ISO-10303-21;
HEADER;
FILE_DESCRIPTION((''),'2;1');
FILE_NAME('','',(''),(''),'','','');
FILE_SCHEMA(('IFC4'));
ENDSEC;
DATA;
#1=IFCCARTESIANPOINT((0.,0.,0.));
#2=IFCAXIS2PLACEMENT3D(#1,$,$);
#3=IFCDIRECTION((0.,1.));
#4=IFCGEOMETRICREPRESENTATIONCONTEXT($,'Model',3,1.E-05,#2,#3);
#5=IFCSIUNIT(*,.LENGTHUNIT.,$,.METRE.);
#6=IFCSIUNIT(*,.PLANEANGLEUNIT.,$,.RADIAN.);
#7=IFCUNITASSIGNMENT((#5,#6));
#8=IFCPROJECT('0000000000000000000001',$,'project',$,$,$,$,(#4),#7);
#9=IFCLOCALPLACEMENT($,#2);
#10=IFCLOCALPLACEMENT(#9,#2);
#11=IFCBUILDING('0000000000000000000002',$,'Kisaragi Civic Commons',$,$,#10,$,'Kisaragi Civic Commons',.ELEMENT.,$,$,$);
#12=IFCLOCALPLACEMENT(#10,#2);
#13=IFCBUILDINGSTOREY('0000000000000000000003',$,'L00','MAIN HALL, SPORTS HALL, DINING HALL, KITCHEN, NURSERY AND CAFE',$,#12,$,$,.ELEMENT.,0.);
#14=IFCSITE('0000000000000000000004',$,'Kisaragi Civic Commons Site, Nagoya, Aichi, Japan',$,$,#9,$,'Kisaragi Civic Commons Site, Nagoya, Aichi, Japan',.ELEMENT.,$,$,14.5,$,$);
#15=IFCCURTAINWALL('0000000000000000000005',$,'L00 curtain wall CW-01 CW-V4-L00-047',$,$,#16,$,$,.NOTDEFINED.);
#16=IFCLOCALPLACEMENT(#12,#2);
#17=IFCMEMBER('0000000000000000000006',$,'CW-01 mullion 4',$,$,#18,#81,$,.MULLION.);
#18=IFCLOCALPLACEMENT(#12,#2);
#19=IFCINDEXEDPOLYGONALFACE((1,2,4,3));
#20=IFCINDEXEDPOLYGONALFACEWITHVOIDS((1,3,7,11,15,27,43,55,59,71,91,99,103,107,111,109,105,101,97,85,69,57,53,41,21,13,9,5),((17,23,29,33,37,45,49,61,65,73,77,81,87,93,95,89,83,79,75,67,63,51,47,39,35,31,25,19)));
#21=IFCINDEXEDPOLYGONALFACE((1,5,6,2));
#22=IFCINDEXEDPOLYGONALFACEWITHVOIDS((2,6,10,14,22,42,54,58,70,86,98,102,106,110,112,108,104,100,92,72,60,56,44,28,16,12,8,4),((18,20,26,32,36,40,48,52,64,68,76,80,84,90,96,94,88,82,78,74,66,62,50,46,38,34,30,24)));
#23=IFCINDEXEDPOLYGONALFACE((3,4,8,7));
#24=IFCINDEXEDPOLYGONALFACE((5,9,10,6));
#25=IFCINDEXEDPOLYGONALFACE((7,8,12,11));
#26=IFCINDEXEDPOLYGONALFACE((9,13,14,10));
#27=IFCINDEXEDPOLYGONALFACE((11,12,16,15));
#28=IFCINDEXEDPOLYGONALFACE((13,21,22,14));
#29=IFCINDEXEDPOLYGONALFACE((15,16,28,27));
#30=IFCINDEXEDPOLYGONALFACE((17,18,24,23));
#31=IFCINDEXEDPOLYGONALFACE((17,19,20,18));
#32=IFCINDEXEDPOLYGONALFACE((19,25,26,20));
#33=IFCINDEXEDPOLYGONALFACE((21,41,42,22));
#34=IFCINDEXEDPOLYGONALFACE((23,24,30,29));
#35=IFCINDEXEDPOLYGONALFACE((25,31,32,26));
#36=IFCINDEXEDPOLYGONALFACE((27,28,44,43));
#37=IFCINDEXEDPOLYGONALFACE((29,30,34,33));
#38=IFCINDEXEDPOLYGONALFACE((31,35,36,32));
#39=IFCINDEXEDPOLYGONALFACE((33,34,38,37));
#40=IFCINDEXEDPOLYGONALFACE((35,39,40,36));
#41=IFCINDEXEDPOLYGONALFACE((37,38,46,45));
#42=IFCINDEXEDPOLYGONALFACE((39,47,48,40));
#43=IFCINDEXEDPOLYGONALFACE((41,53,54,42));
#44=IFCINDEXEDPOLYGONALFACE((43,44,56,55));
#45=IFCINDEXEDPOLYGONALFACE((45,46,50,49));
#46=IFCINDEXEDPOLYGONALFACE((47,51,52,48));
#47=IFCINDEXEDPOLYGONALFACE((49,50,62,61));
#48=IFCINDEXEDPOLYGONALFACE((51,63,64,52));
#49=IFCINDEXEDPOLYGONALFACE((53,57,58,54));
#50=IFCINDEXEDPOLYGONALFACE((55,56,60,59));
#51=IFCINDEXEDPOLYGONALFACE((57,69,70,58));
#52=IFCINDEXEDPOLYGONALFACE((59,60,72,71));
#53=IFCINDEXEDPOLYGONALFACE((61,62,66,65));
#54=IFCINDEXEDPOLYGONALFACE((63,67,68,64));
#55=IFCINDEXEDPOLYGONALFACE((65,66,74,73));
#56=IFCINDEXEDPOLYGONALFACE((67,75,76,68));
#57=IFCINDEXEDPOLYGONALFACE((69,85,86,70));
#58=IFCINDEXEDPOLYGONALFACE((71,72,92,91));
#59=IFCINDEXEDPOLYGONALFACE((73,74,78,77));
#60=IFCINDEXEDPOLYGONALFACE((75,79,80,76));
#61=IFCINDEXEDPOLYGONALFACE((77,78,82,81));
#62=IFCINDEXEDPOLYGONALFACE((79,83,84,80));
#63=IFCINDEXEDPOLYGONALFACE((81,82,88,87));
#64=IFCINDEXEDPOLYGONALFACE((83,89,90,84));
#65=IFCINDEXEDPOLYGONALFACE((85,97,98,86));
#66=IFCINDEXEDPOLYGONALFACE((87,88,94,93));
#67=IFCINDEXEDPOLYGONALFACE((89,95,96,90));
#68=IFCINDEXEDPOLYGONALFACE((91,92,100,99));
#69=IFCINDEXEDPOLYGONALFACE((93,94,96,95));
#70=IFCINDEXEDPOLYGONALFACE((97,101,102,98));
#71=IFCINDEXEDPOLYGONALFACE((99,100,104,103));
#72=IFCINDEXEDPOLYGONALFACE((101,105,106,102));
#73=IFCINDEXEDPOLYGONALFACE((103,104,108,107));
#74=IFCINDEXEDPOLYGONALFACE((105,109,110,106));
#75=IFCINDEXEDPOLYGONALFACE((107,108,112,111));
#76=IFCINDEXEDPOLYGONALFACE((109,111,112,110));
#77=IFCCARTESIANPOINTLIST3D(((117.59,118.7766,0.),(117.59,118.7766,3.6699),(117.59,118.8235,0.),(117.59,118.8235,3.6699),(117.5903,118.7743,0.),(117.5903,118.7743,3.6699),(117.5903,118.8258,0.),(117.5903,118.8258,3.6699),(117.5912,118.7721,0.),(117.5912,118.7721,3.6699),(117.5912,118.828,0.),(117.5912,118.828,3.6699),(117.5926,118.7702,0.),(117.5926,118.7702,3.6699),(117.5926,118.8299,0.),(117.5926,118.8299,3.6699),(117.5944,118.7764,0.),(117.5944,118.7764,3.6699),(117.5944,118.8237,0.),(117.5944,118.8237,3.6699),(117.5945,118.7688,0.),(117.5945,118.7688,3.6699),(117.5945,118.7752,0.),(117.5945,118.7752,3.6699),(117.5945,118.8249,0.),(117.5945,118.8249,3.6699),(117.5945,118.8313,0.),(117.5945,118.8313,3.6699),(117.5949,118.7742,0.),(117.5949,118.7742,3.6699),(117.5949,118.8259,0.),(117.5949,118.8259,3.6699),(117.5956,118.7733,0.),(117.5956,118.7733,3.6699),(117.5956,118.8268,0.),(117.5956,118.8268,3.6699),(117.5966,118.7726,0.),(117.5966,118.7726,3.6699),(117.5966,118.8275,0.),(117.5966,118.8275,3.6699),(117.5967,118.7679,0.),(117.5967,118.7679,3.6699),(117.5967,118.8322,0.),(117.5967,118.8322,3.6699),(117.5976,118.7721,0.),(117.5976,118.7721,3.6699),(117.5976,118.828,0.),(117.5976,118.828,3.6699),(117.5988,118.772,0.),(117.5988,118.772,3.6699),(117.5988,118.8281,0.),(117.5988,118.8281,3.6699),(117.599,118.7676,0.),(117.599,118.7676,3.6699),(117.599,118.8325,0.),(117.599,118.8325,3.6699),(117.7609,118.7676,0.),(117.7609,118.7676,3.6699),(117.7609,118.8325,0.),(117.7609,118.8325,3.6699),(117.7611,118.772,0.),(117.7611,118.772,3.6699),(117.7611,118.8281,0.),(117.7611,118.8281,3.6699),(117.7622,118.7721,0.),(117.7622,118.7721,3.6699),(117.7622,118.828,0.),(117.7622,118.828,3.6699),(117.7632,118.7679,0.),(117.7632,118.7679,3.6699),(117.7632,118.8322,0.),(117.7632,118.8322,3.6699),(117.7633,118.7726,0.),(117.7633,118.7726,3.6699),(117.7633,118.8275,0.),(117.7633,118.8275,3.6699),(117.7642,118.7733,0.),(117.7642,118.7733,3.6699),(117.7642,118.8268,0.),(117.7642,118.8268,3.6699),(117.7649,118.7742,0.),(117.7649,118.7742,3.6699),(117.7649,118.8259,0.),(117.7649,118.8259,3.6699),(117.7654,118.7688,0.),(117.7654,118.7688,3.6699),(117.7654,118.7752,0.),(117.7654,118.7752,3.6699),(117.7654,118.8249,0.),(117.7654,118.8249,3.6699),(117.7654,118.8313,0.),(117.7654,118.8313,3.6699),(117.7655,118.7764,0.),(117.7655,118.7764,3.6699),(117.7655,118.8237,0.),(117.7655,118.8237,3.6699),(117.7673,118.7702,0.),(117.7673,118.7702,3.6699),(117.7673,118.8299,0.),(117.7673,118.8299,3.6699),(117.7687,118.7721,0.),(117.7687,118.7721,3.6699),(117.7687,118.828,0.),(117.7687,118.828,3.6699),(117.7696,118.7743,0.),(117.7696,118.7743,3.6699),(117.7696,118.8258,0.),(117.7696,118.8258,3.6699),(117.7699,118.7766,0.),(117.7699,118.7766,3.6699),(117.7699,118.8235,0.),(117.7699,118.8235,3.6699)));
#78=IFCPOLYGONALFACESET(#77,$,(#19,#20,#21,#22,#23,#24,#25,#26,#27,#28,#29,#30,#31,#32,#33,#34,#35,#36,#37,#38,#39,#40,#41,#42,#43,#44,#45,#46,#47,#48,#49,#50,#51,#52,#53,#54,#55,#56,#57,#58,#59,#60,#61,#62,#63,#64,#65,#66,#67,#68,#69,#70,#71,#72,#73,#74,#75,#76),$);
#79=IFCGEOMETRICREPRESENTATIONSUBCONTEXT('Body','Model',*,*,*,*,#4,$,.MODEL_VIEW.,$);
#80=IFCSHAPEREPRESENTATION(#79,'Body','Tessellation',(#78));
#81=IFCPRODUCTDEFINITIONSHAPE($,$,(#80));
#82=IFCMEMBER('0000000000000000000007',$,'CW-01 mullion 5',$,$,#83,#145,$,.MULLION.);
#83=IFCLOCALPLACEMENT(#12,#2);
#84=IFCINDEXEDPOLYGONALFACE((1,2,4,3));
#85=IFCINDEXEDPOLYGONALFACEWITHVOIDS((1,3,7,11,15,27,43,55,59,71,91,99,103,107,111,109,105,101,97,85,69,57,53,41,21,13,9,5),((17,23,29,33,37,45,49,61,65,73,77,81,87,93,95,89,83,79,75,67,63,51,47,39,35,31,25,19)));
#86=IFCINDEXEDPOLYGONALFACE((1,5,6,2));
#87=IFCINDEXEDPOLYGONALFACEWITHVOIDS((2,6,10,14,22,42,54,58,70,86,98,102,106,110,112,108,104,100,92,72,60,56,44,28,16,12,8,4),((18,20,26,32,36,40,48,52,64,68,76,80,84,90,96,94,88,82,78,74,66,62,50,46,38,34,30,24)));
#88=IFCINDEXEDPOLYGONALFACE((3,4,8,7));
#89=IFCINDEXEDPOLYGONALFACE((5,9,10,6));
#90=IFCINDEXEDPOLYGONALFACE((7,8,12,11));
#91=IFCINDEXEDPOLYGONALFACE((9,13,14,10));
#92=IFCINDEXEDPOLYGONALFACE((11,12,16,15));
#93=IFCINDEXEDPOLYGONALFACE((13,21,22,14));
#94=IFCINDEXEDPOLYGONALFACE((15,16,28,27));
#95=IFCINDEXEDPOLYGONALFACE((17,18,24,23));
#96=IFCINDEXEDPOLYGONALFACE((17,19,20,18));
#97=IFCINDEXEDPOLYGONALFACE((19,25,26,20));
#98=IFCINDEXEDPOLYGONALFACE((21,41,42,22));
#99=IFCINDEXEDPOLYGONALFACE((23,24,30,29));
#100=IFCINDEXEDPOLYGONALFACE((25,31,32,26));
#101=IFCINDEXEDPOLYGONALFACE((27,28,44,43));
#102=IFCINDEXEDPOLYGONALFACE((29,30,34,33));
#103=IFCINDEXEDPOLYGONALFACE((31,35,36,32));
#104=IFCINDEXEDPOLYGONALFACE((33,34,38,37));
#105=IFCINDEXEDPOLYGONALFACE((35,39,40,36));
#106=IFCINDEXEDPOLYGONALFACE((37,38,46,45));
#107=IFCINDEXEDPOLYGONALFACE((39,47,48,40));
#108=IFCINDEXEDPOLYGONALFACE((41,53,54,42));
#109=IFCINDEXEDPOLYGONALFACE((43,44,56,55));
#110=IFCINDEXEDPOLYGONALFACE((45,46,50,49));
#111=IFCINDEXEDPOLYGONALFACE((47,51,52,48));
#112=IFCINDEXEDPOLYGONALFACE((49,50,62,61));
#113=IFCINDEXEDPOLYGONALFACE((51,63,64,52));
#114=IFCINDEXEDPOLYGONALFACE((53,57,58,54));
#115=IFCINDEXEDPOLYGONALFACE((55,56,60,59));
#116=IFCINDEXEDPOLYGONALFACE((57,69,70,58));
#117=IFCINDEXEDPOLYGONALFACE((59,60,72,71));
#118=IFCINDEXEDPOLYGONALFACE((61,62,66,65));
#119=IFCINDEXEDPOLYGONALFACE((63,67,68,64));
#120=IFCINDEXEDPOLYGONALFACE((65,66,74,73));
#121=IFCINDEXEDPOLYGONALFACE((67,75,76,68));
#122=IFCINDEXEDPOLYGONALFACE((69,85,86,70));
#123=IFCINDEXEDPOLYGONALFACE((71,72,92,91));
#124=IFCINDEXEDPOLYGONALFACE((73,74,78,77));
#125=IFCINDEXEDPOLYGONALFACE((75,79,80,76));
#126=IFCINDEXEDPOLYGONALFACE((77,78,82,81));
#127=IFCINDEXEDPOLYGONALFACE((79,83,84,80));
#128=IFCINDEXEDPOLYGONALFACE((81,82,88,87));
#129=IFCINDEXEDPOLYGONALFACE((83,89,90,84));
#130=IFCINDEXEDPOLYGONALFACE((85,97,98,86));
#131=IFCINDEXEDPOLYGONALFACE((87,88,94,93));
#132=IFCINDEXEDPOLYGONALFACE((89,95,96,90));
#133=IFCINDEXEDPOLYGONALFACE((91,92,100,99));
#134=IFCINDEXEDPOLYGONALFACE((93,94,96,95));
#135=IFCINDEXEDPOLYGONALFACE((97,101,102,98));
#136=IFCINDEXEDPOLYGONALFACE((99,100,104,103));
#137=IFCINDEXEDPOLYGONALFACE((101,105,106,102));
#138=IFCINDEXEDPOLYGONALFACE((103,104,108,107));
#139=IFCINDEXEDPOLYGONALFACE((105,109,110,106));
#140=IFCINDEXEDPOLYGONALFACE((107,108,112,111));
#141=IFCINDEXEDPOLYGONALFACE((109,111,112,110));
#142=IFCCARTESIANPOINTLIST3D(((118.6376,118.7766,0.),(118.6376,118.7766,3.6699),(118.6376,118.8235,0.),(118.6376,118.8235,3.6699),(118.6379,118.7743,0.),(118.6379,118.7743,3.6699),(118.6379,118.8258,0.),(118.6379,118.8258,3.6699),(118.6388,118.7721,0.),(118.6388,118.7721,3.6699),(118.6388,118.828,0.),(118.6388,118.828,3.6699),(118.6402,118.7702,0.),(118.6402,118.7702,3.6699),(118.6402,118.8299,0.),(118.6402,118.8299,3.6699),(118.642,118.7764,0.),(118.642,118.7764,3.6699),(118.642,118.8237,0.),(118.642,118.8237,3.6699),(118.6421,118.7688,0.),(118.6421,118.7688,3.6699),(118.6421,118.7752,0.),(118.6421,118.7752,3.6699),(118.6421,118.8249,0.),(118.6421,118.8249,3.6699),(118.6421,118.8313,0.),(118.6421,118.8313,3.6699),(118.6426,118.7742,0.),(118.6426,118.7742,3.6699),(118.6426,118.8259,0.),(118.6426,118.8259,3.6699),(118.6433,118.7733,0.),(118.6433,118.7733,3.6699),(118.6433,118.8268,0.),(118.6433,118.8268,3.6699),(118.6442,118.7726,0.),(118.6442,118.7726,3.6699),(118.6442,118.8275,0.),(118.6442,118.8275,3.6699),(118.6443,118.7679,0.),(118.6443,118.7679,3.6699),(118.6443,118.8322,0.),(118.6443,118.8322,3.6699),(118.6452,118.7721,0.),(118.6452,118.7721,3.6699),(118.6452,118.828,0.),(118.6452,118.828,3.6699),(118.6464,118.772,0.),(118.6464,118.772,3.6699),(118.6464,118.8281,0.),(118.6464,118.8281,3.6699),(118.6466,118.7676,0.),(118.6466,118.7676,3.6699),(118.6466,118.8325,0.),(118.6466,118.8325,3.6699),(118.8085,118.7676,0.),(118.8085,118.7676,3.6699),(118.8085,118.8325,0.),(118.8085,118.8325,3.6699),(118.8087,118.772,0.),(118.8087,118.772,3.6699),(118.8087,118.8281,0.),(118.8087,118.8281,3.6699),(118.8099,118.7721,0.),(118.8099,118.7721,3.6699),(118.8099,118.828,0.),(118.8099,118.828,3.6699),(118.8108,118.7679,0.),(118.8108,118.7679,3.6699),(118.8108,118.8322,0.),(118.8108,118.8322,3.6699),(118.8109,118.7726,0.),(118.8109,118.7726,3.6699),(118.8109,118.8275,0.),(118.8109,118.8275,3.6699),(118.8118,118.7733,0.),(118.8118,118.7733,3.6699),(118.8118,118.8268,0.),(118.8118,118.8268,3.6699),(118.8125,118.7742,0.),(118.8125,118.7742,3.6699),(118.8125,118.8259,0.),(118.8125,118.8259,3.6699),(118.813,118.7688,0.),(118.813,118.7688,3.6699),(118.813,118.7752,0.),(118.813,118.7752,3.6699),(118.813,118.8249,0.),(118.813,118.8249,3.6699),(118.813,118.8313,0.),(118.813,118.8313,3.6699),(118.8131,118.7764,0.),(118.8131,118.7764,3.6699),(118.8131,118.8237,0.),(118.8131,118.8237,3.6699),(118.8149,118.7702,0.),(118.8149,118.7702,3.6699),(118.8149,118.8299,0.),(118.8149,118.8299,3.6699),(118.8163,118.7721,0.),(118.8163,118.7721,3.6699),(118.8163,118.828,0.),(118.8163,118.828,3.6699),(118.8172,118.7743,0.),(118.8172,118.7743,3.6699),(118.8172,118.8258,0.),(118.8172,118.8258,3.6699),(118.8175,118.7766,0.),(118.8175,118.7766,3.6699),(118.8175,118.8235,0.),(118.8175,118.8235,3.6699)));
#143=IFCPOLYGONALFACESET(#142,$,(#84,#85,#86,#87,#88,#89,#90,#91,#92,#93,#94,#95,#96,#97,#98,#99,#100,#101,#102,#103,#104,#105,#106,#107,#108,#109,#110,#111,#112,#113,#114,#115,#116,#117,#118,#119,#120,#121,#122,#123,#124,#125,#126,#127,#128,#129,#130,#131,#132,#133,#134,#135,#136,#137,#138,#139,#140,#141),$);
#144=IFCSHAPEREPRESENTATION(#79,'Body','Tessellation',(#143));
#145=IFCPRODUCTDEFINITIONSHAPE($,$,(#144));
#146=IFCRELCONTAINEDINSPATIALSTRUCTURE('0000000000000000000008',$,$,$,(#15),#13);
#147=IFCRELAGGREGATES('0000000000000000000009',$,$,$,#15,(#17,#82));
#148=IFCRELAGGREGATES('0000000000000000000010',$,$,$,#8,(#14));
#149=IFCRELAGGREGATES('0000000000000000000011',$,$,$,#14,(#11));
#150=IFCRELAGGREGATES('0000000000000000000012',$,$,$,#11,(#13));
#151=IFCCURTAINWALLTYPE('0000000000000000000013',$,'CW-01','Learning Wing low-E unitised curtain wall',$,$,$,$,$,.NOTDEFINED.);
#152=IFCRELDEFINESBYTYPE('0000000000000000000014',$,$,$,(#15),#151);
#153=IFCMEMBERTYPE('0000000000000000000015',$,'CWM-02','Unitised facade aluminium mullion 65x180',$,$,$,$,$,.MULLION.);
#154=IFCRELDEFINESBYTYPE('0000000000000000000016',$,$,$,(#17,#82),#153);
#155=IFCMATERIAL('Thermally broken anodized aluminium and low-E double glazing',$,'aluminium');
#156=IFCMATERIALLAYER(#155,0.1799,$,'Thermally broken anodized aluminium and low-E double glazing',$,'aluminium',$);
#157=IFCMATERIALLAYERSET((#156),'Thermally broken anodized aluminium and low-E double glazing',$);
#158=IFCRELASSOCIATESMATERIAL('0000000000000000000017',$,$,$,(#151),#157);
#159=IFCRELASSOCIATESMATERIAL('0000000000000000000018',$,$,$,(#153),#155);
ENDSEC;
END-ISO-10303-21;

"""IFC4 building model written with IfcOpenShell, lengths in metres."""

from ifc_helpers import new_model, si_unit, direction, frame, origin, origin_2d, place, context, subcontext, project, spatial, hollow_rectangle, extrude, material, layer, layer_set, material_profile, profile_set, type_object, element, aggregate, save


model = new_model("IFC4")

# Units and contexts
model_context = context("Model", 3, precision=1e-05, world=origin(), true_north=direction((0.0, 1.0)))
body_context = subcontext(model_context, "Body", "Model", "MODEL_VIEW")
ifc_project = project(units=[si_unit("LENGTHUNIT", "METRE"), si_unit("PLANEANGLEUNIT", "RADIAN")], contexts=[model_context])

# Site, building, storey
site_placement = place(None, origin())
site = spatial("IfcSite", under=ifc_project, at=site_placement, Name="Kisaragi Civic Commons Site, Nagoya, Aichi, Japan", LongName="Kisaragi Civic Commons Site, Nagoya, Aichi, Japan", CompositionType="ELEMENT", RefElevation=14.5)
building_placement = place(site_placement, origin())
building = spatial("IfcBuilding", under=site, at=building_placement, Name="Kisaragi Civic Commons", LongName="Kisaragi Civic Commons", CompositionType="ELEMENT")
storey_placement = place(building_placement, origin())
storey = spatial("IfcBuildingStorey", under=building, at=storey_placement, Name="L00", Description="MAIN HALL, SPORTS HALL, DINING HALL, KITCHEN, NURSERY AND CAFE", CompositionType="ELEMENT", Elevation=0.0)

# Curtain wall, members
ifc_material_1 = material(Name="Thermally broken anodized aluminium and low-E double glazing", Category="aluminium")
ifc_layer_1 = layer(ifc_material_1, 0.1799, Name="Thermally broken anodized aluminium and low-E double glazing", Category="aluminium")
ifc_layer_set_1 = layer_set([ifc_layer_1], Name="Thermally broken anodized aluminium and low-E double glazing")
curtain_wall_type = type_object("IfcCurtainWallType", Name="CW-01", Description="Learning Wing low-E unitised curtain wall", PredefinedType="NOTDEFINED", material=ifc_layer_set_1)
curtain_wall_1_placement = place(storey_placement, origin())
curtain_wall_1 = element("IfcCurtainWall", 1, at=curtain_wall_1_placement, inside=storey, type_object=curtain_wall_type, Name="L00 curtain wall CW-01 CW-V4-L00-047", PredefinedType="NOTDEFINED")
ifc_material_profile_1 = material_profile(ifc_material_1, hollow_rectangle(XDim=0.0649, YDim=0.1799, WallThickness=0.0044, InnerFilletRadius=0.0044, OuterFilletRadius=0.009, at=origin_2d()), Name="CWM-65x180x4.5", Category="aluminium")
ifc_profile_set_1 = profile_set([ifc_material_profile_1], Name="Thermally broken anodized aluminium and low-E double glazing")
member_type_1 = type_object("IfcMemberType", Name="CWM-02", Description="Unitised facade aluminium mullion 65x180", PredefinedType="MULLION", material=ifc_profile_set_1)
member_1_placement = place(storey_placement, frame((117.6799, 118.8, 0.0), z_axis=(0.0, 0.0, 1.0), x_axis=(0.0, 1.0, 0.0)))
member_1 = element("IfcMember", 2, at=member_1_placement, type_object=member_type_1, Name="CW-01 mullion 4", PredefinedType="MULLION", context=body_context, shape_type="SweptSolid", body=[
    extrude(hollow_rectangle(XDim=0.0649, YDim=0.1799, WallThickness=0.0044, InnerFilletRadius=0.0044, OuterFilletRadius=0.009, at=origin_2d()), origin(), (0.0, 0.0, 1.0), 3.6699),
])
member_2_placement = place(storey_placement, frame((118.7275, 118.8, 0.0), z_axis=(0.0, 0.0, 1.0), x_axis=(0.0, 1.0, 0.0)))
member_2 = element("IfcMember", 3, at=member_2_placement, type_object=member_type_1, Name="CW-01 mullion 5", PredefinedType="MULLION", context=body_context, shape_type="SweptSolid", body=[
    extrude(hollow_rectangle(XDim=0.0649, YDim=0.1799, WallThickness=0.0044, InnerFilletRadius=0.0044, OuterFilletRadius=0.009, at=origin_2d()), origin(), (0.0, 0.0, 1.0), 3.6699),
])

aggregate(curtain_wall_1, [member_1, member_2])

save(model, "model.ifc")
